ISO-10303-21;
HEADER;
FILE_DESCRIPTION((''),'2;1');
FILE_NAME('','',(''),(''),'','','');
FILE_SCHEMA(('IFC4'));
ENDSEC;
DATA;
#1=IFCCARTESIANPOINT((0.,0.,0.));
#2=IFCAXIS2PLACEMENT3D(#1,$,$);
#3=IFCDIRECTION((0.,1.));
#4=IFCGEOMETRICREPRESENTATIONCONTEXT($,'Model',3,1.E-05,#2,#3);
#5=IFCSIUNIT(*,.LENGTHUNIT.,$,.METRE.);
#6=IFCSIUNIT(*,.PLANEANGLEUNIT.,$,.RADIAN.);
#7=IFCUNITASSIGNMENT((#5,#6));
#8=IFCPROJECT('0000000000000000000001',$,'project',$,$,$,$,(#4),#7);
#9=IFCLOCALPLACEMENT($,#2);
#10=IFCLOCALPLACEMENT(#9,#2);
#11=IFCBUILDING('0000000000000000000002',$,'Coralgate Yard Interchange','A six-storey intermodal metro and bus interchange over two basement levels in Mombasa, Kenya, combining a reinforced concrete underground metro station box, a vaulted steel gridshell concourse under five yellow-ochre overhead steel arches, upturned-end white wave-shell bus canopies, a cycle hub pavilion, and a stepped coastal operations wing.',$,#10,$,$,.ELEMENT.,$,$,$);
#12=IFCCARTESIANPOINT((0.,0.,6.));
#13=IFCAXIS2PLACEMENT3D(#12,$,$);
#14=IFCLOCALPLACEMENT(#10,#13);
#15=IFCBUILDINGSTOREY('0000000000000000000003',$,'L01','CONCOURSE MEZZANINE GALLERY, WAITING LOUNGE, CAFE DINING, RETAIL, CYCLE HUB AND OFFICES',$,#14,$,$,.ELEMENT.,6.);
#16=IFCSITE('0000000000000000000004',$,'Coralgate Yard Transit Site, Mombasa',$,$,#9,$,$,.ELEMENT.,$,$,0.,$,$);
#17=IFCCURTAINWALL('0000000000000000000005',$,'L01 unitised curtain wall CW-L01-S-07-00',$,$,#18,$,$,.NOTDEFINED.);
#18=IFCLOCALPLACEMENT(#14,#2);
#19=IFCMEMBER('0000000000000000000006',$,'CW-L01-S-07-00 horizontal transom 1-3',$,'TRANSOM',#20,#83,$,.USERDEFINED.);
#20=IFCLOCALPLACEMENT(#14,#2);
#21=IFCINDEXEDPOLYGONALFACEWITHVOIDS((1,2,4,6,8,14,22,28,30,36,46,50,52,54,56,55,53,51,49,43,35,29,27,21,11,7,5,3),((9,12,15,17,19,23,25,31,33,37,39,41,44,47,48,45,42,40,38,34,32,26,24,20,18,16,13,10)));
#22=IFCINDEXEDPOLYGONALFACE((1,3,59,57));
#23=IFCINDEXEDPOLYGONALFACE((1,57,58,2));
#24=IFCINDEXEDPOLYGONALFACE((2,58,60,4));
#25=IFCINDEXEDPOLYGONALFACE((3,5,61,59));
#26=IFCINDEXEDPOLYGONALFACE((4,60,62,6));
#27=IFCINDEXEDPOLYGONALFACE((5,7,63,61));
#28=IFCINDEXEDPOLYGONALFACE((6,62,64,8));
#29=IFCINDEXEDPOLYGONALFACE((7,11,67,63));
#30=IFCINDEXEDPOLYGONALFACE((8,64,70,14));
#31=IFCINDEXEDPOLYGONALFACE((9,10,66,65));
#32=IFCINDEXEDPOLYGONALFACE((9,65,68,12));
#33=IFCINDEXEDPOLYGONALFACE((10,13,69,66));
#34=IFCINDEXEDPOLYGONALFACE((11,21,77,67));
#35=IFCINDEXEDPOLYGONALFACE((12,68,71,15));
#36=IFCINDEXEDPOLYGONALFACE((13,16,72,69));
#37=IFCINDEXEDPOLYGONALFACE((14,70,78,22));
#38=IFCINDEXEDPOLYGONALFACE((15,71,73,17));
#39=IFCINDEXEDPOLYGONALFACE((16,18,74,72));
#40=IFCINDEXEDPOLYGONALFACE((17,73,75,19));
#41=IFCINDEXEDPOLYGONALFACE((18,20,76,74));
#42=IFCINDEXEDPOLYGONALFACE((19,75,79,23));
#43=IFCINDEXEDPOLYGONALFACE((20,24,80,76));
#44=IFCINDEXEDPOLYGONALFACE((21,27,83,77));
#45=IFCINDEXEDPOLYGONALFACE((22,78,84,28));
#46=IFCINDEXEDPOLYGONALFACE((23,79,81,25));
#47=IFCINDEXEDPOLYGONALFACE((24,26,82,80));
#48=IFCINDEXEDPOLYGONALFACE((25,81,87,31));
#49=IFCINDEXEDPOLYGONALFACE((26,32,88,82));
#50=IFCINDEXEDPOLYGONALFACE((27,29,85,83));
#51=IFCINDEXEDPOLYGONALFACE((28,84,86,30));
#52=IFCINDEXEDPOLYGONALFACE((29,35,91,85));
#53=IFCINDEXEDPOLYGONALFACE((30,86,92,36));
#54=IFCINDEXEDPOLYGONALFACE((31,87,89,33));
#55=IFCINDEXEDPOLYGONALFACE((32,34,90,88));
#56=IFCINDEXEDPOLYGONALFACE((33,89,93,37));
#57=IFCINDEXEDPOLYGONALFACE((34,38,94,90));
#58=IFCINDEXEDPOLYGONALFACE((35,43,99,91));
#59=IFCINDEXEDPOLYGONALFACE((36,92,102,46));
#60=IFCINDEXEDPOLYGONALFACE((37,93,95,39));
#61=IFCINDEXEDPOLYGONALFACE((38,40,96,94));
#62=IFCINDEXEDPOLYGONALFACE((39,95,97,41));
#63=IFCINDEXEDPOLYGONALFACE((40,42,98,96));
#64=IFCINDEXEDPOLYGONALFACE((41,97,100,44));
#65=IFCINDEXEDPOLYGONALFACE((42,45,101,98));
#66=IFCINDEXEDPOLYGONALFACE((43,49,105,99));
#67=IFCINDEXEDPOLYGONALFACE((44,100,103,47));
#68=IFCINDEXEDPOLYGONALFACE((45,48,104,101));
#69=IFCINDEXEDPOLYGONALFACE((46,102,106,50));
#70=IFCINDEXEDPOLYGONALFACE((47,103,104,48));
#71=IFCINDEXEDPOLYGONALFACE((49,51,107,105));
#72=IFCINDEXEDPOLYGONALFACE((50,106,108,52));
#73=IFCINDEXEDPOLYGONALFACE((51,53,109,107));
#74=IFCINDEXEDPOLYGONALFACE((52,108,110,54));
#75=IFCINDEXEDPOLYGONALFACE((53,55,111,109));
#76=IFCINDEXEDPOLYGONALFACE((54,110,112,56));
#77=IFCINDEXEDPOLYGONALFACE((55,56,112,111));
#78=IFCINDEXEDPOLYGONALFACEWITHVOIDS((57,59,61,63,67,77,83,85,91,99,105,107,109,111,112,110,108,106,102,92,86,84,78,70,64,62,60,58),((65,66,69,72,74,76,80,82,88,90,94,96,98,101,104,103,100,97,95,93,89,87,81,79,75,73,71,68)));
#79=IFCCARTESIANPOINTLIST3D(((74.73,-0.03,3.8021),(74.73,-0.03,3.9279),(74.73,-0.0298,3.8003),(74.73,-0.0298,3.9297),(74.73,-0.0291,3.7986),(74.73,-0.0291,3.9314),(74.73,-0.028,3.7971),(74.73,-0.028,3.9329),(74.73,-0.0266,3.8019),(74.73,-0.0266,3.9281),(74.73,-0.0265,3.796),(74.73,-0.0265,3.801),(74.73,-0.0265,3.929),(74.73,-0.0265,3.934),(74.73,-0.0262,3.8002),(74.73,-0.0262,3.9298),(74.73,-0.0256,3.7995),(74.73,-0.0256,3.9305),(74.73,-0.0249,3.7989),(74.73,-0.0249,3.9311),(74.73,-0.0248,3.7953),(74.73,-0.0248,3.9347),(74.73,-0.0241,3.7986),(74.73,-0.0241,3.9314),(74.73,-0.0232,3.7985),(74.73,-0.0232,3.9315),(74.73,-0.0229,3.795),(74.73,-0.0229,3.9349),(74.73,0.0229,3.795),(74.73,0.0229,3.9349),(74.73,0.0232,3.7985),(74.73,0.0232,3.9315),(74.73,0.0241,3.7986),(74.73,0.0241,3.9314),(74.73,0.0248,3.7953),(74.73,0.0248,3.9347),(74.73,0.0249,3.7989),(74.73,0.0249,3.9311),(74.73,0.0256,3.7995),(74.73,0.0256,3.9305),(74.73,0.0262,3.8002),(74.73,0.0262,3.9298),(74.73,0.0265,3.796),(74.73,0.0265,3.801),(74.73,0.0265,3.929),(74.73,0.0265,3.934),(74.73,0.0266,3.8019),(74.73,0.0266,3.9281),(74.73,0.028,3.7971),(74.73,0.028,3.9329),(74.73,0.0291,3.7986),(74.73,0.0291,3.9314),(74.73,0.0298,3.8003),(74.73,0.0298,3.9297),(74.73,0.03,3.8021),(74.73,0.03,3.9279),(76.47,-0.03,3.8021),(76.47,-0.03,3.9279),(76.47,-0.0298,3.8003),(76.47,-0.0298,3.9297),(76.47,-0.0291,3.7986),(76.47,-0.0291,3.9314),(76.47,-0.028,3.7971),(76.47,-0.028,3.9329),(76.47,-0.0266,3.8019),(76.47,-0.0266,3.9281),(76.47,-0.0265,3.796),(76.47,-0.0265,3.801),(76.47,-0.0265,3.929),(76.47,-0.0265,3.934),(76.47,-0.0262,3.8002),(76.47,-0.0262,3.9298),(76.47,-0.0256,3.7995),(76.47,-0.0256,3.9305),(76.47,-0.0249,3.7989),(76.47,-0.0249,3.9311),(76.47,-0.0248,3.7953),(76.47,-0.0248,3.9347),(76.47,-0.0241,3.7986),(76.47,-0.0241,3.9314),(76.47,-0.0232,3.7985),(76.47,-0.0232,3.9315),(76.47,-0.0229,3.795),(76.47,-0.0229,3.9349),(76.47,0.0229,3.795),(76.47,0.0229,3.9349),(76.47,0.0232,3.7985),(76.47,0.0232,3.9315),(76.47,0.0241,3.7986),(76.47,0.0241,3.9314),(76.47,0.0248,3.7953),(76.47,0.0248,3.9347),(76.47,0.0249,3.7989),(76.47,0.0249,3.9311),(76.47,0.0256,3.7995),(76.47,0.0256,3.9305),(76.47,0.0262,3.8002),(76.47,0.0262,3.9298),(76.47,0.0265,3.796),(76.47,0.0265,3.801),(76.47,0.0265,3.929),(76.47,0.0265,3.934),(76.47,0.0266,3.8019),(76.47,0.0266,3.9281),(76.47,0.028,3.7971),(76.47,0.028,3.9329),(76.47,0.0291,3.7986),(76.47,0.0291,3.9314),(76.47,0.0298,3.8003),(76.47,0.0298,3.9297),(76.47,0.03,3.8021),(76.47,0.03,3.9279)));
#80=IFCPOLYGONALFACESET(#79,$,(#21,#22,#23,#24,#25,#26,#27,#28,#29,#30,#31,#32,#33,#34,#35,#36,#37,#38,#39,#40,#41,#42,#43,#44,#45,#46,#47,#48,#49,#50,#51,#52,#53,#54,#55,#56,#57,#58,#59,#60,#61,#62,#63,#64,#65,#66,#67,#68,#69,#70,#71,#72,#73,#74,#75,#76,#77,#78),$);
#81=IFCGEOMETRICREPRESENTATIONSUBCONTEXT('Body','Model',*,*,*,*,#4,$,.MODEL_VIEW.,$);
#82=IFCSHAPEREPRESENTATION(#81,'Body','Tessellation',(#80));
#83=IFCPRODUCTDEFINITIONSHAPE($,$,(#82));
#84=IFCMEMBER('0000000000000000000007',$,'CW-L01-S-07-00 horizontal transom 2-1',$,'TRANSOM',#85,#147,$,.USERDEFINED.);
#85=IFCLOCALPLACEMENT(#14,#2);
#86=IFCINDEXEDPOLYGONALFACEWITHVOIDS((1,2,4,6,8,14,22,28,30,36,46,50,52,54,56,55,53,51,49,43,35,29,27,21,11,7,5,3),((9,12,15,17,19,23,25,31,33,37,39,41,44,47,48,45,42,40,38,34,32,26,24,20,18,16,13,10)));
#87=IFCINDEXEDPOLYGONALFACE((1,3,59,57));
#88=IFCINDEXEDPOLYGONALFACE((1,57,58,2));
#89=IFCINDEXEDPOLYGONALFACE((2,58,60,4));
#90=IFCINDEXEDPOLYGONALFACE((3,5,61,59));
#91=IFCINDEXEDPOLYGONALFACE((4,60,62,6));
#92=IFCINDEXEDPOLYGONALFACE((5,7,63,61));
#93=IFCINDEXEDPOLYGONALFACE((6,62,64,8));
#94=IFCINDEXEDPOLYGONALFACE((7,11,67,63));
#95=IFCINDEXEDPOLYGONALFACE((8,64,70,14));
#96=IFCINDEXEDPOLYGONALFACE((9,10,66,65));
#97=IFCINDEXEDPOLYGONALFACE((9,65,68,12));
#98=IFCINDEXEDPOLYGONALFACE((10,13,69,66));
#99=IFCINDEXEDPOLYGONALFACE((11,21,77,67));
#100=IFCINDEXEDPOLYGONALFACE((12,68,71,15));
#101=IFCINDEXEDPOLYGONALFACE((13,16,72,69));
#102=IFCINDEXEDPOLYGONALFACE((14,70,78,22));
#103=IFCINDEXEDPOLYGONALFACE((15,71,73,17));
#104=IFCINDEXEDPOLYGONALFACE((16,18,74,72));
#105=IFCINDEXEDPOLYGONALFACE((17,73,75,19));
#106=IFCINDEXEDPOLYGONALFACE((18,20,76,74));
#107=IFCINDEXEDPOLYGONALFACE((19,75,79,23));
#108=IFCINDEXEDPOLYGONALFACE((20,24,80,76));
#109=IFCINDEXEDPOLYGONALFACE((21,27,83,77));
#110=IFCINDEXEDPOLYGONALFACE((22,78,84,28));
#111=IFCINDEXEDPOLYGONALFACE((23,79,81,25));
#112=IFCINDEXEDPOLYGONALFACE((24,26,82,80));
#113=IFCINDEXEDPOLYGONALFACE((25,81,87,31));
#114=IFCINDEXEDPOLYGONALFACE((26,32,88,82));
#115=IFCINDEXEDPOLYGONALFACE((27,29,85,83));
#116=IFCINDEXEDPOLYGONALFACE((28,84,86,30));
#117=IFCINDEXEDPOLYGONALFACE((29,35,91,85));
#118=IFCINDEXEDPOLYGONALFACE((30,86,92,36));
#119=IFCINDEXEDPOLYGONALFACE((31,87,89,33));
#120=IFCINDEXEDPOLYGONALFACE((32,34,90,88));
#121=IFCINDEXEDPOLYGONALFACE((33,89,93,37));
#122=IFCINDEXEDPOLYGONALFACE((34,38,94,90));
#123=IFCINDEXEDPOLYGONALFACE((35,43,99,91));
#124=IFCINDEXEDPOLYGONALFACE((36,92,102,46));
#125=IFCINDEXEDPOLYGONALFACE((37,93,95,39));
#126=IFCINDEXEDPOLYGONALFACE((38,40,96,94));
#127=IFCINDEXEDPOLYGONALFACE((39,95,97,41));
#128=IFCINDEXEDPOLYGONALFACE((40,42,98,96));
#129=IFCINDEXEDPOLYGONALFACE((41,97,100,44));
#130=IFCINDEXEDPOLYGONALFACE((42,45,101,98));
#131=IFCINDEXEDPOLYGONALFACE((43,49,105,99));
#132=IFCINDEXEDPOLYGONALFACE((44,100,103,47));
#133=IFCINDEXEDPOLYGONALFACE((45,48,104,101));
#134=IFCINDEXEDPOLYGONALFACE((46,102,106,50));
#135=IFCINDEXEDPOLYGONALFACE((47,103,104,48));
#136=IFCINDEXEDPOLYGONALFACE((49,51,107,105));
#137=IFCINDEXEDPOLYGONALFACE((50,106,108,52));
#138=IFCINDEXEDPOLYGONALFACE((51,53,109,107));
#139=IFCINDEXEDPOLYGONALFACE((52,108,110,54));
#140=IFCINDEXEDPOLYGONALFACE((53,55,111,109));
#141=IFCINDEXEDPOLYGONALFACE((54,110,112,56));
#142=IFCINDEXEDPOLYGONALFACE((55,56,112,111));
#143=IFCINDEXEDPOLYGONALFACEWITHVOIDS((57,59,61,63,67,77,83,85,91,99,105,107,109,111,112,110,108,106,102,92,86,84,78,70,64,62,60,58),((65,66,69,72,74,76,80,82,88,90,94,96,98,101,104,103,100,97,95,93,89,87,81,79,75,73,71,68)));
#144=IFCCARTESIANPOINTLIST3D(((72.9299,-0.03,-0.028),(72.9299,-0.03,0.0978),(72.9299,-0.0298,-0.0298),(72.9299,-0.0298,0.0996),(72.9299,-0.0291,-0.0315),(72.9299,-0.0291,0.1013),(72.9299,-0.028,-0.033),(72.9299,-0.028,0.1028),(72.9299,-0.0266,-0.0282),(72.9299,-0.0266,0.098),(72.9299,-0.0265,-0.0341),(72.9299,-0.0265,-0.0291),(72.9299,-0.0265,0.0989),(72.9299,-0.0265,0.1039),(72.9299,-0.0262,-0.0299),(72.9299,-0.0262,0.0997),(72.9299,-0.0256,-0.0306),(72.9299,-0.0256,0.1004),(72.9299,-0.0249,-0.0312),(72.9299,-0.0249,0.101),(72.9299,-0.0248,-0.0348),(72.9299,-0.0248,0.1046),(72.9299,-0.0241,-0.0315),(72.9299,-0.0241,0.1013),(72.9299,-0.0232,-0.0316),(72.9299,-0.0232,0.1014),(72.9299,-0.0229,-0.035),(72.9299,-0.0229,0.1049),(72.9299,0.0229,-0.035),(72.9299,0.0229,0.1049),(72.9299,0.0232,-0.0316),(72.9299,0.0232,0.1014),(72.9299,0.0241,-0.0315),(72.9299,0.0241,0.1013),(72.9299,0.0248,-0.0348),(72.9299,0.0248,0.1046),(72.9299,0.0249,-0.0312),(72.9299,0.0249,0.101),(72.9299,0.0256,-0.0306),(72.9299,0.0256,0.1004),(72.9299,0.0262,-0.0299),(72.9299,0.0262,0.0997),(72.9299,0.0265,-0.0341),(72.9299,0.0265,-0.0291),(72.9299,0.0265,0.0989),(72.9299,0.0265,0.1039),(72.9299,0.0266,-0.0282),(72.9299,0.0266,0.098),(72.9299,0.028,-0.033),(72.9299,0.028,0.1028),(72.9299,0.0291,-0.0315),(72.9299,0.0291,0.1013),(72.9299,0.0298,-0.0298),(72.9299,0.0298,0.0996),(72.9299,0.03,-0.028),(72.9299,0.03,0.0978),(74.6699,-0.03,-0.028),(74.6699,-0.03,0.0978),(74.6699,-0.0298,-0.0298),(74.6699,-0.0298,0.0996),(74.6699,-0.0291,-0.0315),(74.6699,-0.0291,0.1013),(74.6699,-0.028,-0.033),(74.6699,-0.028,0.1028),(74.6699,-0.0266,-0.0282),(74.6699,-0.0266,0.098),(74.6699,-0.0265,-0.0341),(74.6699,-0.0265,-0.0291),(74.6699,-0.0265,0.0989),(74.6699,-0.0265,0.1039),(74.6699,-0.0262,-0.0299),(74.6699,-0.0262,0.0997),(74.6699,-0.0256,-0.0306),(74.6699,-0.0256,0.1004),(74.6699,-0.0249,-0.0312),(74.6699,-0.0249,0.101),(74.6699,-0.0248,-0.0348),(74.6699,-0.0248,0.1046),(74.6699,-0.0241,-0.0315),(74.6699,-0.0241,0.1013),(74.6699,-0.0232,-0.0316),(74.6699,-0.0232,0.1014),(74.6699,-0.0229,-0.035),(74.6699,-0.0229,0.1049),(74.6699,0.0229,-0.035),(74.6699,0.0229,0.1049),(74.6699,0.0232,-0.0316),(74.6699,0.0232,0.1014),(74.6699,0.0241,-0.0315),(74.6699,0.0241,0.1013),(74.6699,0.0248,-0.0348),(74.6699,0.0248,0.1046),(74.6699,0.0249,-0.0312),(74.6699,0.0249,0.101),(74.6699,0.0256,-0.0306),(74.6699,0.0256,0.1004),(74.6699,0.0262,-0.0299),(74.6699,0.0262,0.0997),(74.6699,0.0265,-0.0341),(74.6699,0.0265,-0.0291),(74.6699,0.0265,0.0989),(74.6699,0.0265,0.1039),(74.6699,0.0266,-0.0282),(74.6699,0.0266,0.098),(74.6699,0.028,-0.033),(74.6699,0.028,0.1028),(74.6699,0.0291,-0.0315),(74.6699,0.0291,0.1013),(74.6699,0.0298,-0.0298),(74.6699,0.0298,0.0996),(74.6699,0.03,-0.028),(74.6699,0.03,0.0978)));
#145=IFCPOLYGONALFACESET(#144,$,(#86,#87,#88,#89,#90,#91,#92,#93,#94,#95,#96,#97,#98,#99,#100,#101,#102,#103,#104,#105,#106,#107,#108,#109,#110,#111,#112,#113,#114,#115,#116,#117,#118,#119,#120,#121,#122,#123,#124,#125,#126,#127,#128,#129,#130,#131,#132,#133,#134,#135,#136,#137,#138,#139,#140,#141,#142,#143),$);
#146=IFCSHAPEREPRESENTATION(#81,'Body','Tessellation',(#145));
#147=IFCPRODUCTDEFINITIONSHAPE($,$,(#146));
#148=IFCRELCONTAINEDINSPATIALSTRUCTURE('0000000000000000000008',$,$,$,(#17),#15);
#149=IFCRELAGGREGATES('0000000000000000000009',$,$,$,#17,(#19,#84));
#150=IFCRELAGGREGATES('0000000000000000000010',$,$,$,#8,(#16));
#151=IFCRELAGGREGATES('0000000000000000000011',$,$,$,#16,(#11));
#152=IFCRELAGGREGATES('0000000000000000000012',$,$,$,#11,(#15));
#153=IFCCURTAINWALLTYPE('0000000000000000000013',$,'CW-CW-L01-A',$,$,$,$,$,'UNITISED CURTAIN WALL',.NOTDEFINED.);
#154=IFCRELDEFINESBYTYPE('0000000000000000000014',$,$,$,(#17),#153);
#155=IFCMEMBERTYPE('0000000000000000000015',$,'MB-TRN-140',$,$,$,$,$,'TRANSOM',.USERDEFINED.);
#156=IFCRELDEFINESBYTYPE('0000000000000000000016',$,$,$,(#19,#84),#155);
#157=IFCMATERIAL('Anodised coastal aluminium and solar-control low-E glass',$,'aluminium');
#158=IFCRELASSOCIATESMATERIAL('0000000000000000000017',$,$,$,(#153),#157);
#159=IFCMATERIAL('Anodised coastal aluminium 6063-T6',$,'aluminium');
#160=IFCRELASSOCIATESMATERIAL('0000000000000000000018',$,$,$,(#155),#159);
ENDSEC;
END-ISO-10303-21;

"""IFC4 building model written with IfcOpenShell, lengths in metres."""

from ifc_helpers import new_model, si_unit, direction, frame, origin, origin_2d, place, context, subcontext, project, spatial, hollow_rectangle, extrude, material, material_profile, profile_set, type_object, element, aggregate, save


model = new_model("IFC4")

# Units and contexts
model_context = context("Model", 3, precision=1e-05, world=origin(), true_north=direction((0.0, 1.0)))
body_context = subcontext(model_context, "Body", "Model", "MODEL_VIEW")
ifc_project = project(units=[si_unit("LENGTHUNIT", "METRE"), si_unit("PLANEANGLEUNIT", "RADIAN")], contexts=[model_context])

# Site, building, storey
site_placement = place(None, origin())
site = spatial("IfcSite", under=ifc_project, at=site_placement, Name="Coralgate Yard Transit Site, Mombasa", CompositionType="ELEMENT", RefElevation=0.0)
building_placement = place(site_placement, origin())
building = spatial("IfcBuilding", under=site, at=building_placement, Name="Coralgate Yard Interchange", Description="A six-storey intermodal metro and bus interchange over two basement levels in Mombasa, Kenya, combining a reinforced concrete underground metro station box, a vaulted steel gridshell concourse under five yellow-ochre overhead steel arches, upturned-end white wave-shell bus canopies, a cycle hub pavilion, and a stepped coastal operations wing.", CompositionType="ELEMENT")
storey_placement = place(building_placement, frame((0.0, 0.0, 6.0)))
storey = spatial("IfcBuildingStorey", under=building, at=storey_placement, Name="L01", Description="CONCOURSE MEZZANINE GALLERY, WAITING LOUNGE, CAFE DINING, RETAIL, CYCLE HUB AND OFFICES", CompositionType="ELEMENT", Elevation=6.0)

# Curtain wall, members
ifc_material_1 = material(Name="Anodised coastal aluminium and solar-control low-E glass", Category="aluminium")
curtain_wall_type = type_object("IfcCurtainWallType", Name="CW-CW-L01-A", ElementType="UNITISED CURTAIN WALL", PredefinedType="NOTDEFINED", material=ifc_material_1)
curtain_wall_placement = place(storey_placement, origin())
curtain_wall = element("IfcCurtainWall", 1, at=curtain_wall_placement, inside=storey, type_object=curtain_wall_type, Name="L01 unitised curtain wall CW-L01-S-07-00", PredefinedType="NOTDEFINED")
ifc_material_2 = material(Name="Anodised coastal aluminium 6063-T6", Category="aluminium")
ifc_material_profile_1 = material_profile(ifc_material_2, hollow_rectangle(XDim=0.0601, YDim=0.1399, WallThickness=0.0034, InnerFilletRadius=0.0034, OuterFilletRadius=0.0071, at=origin_2d()), Name="ALU 60x140x3.5")
ifc_profile_set_1 = profile_set([ifc_material_profile_1], Name="Anodised coastal aluminium 6063-T6")
member_type_1 = type_object("IfcMemberType", Name="MB-TRN-140", ElementType="TRANSOM", PredefinedType="USERDEFINED", material=ifc_profile_set_1)
member_1_placement = place(storey_placement, frame((76.47, 0.0, 3.865), z_axis=(-1.0, 0.0, 0.0), x_axis=(0.0, -1.0, 0.0)))
member_1 = element("IfcMember", 2, at=member_1_placement, type_object=member_type_1, Name="CW-L01-S-07-00 horizontal transom 1-3", ObjectType="TRANSOM", PredefinedType="USERDEFINED", context=body_context, shape_type="SweptSolid", body=[
    extrude(hollow_rectangle(XDim=0.0601, YDim=0.1399, WallThickness=0.0034, InnerFilletRadius=0.0034, OuterFilletRadius=0.0071, at=origin_2d()), origin(), (0.0, 0.0, 1.0), 1.74),
])
member_2_placement = place(storey_placement, frame((74.6699, 0.0, 0.0349), z_axis=(-1.0, 0.0, 0.0), x_axis=(0.0, -1.0, 0.0)))
member_2 = element("IfcMember", 3, at=member_2_placement, type_object=member_type_1, Name="CW-L01-S-07-00 horizontal transom 2-1", ObjectType="TRANSOM", PredefinedType="USERDEFINED", context=body_context, shape_type="SweptSolid", body=[
    extrude(hollow_rectangle(XDim=0.0601, YDim=0.1399, WallThickness=0.0034, InnerFilletRadius=0.0034, OuterFilletRadius=0.0071, at=origin_2d()), origin(), (0.0, 0.0, 1.0), 1.74),
])
aggregate(curtain_wall, [member_1, member_2])

save(model, "model.ifc")
